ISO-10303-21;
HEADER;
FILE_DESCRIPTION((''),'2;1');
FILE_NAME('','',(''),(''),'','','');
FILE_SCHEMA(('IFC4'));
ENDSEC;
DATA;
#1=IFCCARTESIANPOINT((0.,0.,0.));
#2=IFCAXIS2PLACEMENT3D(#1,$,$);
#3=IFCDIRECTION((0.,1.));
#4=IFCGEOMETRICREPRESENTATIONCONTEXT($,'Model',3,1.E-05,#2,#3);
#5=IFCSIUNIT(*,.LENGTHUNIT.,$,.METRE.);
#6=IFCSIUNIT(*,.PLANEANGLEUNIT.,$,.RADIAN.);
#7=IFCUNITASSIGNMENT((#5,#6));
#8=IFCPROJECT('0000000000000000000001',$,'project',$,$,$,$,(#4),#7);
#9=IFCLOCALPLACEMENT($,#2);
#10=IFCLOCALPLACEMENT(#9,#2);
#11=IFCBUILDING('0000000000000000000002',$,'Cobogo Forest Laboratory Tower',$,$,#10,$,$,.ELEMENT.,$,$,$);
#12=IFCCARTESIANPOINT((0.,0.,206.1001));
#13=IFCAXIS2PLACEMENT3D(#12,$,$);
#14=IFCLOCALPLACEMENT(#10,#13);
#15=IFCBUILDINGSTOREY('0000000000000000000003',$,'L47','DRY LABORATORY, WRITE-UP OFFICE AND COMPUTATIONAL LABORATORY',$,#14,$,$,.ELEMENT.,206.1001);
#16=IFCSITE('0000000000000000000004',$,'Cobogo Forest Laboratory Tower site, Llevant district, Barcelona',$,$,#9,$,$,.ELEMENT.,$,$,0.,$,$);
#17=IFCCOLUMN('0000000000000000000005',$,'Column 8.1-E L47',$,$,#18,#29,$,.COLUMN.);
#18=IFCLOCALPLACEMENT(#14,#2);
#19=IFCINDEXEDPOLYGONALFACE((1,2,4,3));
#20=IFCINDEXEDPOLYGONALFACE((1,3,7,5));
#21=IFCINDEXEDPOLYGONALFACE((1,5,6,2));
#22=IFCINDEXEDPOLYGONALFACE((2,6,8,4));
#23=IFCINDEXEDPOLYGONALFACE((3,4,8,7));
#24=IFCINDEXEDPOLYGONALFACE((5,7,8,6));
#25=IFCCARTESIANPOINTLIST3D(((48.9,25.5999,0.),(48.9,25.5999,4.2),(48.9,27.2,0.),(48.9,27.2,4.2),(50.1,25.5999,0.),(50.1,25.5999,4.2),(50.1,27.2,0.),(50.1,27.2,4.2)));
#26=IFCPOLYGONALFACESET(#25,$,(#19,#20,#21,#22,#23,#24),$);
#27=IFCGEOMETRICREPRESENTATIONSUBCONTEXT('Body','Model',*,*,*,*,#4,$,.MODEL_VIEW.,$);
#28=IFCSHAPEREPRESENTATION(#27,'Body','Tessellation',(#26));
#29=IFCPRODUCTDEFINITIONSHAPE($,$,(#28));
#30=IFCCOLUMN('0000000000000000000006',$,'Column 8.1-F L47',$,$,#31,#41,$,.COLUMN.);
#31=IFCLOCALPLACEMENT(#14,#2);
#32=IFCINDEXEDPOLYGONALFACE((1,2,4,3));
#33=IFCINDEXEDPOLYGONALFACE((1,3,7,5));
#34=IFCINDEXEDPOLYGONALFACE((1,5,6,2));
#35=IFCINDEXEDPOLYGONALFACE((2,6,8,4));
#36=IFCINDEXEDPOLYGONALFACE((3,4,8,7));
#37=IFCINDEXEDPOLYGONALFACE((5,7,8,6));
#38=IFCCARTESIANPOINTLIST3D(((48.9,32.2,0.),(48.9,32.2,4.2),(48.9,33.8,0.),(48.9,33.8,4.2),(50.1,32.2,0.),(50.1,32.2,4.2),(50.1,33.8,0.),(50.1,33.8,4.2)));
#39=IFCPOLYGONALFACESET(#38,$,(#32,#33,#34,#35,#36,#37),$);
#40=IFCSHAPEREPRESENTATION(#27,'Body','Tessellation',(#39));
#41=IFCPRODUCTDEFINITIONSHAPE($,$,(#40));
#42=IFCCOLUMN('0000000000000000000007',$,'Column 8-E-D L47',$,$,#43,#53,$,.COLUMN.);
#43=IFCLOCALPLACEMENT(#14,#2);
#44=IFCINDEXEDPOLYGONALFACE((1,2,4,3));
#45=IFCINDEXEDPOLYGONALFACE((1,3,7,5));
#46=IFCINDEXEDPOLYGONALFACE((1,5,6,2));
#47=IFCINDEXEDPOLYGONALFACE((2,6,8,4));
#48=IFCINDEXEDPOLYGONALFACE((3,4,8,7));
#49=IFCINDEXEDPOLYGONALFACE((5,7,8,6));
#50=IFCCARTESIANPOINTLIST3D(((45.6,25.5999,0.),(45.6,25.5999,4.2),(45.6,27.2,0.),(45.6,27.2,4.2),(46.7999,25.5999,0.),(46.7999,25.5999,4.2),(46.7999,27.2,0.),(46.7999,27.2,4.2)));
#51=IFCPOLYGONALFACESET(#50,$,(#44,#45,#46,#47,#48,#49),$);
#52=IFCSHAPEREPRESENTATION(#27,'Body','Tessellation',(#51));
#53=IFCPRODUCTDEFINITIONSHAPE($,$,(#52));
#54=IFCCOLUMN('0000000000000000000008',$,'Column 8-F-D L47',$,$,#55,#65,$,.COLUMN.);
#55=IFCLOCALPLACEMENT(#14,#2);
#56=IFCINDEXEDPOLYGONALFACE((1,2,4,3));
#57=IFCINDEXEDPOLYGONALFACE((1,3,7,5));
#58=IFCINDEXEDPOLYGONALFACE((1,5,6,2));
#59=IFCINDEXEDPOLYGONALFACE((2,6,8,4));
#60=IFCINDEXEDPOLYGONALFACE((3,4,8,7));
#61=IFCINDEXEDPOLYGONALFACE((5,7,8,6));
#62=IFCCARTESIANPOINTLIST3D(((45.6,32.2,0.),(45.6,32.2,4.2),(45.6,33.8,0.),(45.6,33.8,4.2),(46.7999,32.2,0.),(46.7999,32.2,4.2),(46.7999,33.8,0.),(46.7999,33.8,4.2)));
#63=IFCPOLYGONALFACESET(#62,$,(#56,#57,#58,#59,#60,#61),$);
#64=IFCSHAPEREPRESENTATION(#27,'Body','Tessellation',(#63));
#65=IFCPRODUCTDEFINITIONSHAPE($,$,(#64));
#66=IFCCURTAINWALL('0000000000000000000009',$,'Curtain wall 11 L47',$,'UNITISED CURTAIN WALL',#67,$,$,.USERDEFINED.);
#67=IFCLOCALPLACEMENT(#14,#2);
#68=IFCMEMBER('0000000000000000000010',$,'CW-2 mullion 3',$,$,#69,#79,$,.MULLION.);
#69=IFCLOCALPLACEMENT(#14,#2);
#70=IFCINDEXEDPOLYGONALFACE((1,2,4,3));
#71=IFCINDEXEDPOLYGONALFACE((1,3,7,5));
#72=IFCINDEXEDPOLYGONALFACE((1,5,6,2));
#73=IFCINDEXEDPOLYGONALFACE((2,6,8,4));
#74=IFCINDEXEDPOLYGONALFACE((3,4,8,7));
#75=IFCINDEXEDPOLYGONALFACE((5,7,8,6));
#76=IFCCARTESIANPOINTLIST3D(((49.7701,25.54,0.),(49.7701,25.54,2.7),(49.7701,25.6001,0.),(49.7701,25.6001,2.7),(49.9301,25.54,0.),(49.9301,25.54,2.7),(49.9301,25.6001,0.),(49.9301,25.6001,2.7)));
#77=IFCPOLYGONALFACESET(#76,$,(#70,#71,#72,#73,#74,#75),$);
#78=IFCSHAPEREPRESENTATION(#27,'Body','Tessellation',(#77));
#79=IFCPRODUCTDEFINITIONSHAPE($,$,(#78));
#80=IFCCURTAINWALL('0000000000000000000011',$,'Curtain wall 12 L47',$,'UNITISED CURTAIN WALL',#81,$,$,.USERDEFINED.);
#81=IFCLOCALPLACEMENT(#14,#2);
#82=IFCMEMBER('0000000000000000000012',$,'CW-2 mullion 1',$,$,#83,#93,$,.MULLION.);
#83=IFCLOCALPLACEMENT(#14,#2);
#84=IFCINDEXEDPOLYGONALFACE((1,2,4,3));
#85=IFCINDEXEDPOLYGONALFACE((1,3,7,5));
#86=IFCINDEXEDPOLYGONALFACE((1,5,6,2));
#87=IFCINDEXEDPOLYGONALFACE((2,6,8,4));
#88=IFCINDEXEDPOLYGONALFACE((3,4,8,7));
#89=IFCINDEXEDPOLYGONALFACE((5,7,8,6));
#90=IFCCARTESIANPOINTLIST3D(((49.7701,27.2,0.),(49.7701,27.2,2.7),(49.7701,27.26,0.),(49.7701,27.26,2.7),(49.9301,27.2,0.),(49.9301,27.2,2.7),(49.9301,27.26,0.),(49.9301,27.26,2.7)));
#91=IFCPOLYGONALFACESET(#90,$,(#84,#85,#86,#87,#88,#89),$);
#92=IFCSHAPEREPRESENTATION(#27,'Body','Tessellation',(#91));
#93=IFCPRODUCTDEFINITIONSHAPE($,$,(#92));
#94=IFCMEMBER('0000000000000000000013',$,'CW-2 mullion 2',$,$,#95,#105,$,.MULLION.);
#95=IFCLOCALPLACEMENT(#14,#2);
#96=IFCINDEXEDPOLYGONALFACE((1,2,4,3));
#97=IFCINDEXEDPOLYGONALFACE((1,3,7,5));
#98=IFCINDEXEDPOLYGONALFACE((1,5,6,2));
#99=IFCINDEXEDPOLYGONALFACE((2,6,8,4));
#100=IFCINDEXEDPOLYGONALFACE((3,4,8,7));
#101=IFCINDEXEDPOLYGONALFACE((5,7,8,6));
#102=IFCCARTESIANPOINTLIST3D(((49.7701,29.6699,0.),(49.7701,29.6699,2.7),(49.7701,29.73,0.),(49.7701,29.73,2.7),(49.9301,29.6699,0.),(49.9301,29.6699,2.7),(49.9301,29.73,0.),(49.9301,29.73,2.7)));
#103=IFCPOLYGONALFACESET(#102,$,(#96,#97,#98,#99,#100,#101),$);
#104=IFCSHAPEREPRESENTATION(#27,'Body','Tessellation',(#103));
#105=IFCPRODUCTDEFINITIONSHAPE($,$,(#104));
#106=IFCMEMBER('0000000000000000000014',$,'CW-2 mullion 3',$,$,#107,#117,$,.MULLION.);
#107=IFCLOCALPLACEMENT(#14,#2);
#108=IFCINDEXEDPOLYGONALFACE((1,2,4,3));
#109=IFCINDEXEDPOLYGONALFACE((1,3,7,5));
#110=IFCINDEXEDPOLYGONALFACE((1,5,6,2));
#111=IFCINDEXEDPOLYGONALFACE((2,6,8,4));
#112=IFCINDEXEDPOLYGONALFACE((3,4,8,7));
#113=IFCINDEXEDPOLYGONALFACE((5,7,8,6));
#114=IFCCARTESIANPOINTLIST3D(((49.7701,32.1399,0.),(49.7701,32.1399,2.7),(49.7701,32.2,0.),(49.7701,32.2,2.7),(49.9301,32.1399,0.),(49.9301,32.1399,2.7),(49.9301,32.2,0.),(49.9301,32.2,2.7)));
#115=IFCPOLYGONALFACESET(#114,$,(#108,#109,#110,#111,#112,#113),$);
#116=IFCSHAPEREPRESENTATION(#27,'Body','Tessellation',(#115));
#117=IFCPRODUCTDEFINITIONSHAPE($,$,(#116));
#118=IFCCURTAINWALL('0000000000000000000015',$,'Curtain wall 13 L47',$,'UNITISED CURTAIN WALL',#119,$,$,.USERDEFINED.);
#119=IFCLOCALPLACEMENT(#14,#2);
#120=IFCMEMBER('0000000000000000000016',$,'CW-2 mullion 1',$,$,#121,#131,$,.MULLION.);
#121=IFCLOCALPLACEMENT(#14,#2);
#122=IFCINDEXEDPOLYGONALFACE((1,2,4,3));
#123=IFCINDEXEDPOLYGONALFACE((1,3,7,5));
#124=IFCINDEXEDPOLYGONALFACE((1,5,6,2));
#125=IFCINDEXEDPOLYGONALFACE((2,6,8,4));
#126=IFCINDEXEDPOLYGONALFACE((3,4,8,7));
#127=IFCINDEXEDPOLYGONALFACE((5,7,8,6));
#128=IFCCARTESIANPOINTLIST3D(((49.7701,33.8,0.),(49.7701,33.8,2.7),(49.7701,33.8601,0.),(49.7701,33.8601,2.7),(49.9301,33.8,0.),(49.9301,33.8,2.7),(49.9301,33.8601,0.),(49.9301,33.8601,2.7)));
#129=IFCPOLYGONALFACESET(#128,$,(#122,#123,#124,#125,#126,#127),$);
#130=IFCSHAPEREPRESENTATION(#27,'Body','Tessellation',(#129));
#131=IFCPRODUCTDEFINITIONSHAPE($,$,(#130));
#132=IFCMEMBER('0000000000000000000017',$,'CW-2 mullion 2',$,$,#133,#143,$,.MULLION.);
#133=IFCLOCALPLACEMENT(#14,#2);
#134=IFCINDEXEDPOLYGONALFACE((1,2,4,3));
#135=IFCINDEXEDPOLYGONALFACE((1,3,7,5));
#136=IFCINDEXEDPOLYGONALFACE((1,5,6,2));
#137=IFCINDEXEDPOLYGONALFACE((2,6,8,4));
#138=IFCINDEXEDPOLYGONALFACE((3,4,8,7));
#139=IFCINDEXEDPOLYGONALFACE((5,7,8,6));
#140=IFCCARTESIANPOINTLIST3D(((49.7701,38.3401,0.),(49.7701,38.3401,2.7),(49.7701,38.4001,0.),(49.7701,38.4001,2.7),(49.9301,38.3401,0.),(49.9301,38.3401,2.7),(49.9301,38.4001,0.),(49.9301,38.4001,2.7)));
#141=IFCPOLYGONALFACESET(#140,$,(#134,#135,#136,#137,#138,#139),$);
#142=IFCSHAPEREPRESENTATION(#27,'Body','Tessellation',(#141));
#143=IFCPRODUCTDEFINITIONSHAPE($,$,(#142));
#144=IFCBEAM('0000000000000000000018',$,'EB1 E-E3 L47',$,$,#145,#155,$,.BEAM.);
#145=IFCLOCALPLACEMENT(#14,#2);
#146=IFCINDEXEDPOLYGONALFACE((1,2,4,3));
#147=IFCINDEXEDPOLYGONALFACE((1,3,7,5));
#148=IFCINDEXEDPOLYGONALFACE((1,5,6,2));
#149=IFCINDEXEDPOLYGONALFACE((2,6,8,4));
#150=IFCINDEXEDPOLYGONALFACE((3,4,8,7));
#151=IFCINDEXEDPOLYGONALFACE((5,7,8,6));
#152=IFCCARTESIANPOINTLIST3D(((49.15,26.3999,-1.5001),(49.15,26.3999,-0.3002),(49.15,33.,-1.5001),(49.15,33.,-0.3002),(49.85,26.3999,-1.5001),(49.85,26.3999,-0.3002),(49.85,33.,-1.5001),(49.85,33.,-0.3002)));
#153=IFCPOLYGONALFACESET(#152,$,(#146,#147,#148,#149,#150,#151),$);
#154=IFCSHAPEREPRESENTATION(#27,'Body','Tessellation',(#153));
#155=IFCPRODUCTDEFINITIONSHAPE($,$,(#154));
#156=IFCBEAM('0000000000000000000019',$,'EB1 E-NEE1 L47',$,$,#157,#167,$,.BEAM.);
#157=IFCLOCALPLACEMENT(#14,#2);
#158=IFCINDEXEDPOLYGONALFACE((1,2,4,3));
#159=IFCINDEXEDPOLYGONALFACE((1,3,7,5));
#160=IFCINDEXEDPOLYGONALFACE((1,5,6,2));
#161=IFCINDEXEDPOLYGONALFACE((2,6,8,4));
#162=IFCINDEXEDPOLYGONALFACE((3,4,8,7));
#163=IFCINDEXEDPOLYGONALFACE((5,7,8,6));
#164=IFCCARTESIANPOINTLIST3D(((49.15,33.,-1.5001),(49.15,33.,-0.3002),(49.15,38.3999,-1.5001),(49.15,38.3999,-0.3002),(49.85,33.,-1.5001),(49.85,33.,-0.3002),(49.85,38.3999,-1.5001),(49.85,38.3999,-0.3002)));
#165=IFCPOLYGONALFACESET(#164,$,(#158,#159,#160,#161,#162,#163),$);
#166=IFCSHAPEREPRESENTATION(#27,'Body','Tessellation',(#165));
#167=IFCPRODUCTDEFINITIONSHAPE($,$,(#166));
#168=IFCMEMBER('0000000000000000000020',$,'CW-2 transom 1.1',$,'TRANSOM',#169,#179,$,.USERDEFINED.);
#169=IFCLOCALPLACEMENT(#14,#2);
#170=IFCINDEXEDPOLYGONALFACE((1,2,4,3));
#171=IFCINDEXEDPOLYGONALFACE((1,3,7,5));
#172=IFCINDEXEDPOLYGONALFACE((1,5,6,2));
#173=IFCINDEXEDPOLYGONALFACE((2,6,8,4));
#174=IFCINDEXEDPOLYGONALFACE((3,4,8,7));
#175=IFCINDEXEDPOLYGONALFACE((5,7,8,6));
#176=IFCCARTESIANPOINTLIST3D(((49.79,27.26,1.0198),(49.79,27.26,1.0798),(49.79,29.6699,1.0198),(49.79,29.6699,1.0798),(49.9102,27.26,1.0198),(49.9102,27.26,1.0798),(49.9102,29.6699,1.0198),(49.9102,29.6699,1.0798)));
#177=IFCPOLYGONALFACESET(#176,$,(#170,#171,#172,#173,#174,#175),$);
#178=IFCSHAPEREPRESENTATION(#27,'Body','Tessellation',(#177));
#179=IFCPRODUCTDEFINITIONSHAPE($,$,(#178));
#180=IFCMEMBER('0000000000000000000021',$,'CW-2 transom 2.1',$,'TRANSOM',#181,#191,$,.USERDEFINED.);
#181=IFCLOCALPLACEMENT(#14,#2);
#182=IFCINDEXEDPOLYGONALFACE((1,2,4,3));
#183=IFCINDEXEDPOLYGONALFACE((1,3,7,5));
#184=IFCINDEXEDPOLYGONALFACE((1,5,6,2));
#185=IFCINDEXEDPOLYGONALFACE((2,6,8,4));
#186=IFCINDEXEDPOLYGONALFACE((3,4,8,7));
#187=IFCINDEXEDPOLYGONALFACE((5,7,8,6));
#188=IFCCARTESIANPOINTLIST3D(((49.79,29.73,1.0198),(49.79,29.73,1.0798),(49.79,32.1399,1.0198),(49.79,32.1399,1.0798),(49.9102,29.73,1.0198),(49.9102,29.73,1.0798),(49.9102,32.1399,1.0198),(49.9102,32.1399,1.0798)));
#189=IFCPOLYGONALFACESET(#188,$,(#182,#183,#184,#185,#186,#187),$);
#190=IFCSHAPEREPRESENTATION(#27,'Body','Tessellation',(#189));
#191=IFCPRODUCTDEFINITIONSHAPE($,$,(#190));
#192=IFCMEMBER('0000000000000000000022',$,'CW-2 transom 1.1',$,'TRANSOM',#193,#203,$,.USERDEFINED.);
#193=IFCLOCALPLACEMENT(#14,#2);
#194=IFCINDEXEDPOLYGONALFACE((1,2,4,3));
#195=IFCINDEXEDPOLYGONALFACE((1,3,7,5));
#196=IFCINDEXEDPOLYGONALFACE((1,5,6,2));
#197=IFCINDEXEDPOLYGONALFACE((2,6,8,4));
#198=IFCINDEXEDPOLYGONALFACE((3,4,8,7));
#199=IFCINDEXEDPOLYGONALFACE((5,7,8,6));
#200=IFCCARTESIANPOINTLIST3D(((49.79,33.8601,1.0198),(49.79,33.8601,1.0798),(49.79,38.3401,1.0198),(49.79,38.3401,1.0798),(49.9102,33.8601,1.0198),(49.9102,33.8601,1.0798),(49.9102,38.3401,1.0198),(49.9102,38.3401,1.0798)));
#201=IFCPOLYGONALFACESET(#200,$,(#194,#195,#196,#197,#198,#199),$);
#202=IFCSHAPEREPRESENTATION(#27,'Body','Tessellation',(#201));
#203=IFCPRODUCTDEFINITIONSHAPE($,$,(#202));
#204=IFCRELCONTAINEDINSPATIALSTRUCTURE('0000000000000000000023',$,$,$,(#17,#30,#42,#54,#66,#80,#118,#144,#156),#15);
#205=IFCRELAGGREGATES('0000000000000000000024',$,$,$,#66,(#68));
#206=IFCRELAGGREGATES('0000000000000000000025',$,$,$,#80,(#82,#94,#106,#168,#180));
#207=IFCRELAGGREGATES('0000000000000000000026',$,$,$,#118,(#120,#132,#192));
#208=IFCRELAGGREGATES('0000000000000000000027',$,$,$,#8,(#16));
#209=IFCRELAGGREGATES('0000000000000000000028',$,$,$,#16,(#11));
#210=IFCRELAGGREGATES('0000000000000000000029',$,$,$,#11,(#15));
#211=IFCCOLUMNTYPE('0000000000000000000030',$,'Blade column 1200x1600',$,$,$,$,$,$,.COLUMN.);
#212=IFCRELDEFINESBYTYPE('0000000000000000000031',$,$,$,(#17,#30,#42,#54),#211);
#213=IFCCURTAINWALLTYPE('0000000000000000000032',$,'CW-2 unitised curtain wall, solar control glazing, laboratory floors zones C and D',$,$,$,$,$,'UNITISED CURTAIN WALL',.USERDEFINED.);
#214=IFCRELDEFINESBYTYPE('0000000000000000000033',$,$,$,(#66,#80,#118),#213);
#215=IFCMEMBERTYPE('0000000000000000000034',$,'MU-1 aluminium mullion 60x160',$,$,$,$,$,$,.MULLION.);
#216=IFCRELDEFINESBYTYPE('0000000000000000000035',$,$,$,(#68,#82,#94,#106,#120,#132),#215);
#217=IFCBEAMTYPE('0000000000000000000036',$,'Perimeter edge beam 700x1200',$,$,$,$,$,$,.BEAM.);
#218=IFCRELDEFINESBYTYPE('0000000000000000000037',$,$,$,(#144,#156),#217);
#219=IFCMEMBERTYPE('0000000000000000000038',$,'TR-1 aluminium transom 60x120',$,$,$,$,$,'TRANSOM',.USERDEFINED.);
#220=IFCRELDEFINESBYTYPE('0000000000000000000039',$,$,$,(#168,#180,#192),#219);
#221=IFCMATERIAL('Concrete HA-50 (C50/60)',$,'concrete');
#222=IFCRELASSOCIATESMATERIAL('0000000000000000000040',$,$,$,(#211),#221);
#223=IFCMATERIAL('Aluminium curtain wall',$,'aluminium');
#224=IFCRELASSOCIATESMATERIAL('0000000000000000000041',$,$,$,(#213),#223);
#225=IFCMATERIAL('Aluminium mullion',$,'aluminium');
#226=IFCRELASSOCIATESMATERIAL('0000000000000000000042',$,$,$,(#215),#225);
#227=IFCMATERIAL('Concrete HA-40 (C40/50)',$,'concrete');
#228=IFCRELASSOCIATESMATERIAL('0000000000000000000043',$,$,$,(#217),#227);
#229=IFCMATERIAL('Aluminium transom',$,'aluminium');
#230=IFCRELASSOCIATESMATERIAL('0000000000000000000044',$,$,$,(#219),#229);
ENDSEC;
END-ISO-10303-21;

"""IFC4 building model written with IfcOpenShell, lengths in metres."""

from ifc_helpers import new_model, si_unit, direction, frame, origin, origin_2d, place, context, subcontext, project, spatial, rectangle, extrude, material, material_profile, profile_set, type_object, element, aggregate, save


model = new_model("IFC4")

# Units and contexts
model_context = context("Model", 3, precision=1e-05, world=origin(), true_north=direction((0.0, 1.0)))
body_context = subcontext(model_context, "Body", "Model", "MODEL_VIEW")
ifc_project = project(units=[si_unit("LENGTHUNIT", "METRE"), si_unit("PLANEANGLEUNIT", "RADIAN")], contexts=[model_context])

# Site, building, storey
site_placement = place(None, origin())
site = spatial("IfcSite", under=ifc_project, at=site_placement, Name="Cobogo Forest Laboratory Tower site, Llevant district, Barcelona", CompositionType="ELEMENT", RefElevation=0.0)
building_placement = place(site_placement, origin())
building = spatial("IfcBuilding", under=site, at=building_placement, Name="Cobogo Forest Laboratory Tower", CompositionType="ELEMENT")
storey_placement = place(building_placement, frame((0.0, 0.0, 206.1001)))
storey = spatial("IfcBuildingStorey", under=building, at=storey_placement, Name="L47", Description="DRY LABORATORY, WRITE-UP OFFICE AND COMPUTATIONAL LABORATORY", CompositionType="ELEMENT", Elevation=206.1001)

# Columns
ifc_material_1 = material(Name="Concrete HA-50 (C50/60)", Category="concrete")
ifc_material_profile_1 = material_profile(ifc_material_1, rectangle(XDim=1.6001, YDim=1.2, at=origin_2d()), Name="RC 1200x1600")
ifc_profile_set_1 = profile_set([ifc_material_profile_1], Name="Concrete HA-50 (C50/60)")
column_type = type_object("IfcColumnType", Name="Blade column 1200x1600", PredefinedType="COLUMN", material=ifc_profile_set_1)
for number, where, z_axis, x_axis, name in (
    (1, (49.5, 26.3999, 0.0), (0.0, 0.0, 1.0), (0.0, 1.0, 0.0), "Column 8.1-E L47"),
    (2, (49.5, 33.0, 0.0), (0.0, 0.0, 1.0), (0.0, 1.0, 0.0), "Column 8.1-F L47"),
    (3, (46.2, 26.3999, 0.0), (0.0, 0.0, 1.0), (0.0, 1.0, 0.0), "Column 8-E-D L47"),
    (4, (46.2, 33.0, 0.0), (0.0, 0.0, 1.0), (0.0, 1.0, 0.0), "Column 8-F-D L47"),
):
    element("IfcColumn", number, at=place(storey_placement, frame(where, z_axis=z_axis, x_axis=x_axis)), inside=storey, type_object=column_type, Name=name, PredefinedType="COLUMN", context=body_context, shape_type="SweptSolid", body=[
        extrude(rectangle(XDim=1.6001, YDim=1.2, at=origin_2d()), origin(), (0.0, 0.0, 1.0), 4.2),
    ])

# Curtain wall, member
ifc_material_2 = material(Name="Aluminium curtain wall", Category="aluminium")
curtain_wall_type = type_object("IfcCurtainWallType", Name="CW-2 unitised curtain wall, solar control glazing, laboratory floors zones C and D", ElementType="UNITISED CURTAIN WALL", PredefinedType="USERDEFINED", material=ifc_material_2)
curtain_wall_1_placement = place(storey_placement, origin())
curtain_wall_1 = element("IfcCurtainWall", 5, at=curtain_wall_1_placement, inside=storey, type_object=curtain_wall_type, Name="Curtain wall 11 L47", ObjectType="UNITISED CURTAIN WALL", PredefinedType="USERDEFINED")
ifc_material_3 = material(Name="Aluminium mullion", Category="aluminium")
ifc_material_profile_2 = material_profile(ifc_material_3, rectangle(XDim=0.0601, YDim=0.1599, at=origin_2d()), Name="AL 60x160")
ifc_profile_set_2 = profile_set([ifc_material_profile_2], Name="Aluminium mullion")
member_type_1 = type_object("IfcMemberType", Name="MU-1 aluminium mullion 60x160", PredefinedType="MULLION", material=ifc_profile_set_2)
member_1_placement = place(storey_placement, frame((49.8501, 25.5701, 0.0), z_axis=(0.0, 0.0, 1.0), x_axis=(0.0, 1.0, 0.0)))
member_1 = element("IfcMember", 6, at=member_1_placement, type_object=member_type_1, Name="CW-2 mullion 3", PredefinedType="MULLION", context=body_context, shape_type="SweptSolid", body=[
    extrude(rectangle(XDim=0.0601, YDim=0.1599, at=origin_2d()), origin(), (0.0, 0.0, 1.0), 2.7),
])

# Curtain walls, members
curtain_wall_2_placement = place(storey_placement, origin())
curtain_wall_2 = element("IfcCurtainWall", 7, at=curtain_wall_2_placement, inside=storey, type_object=curtain_wall_type, Name="Curtain wall 12 L47", ObjectType="UNITISED CURTAIN WALL", PredefinedType="USERDEFINED")
member_2_placement = place(storey_placement, frame((49.8501, 27.23, 0.0), z_axis=(0.0, 0.0, 1.0), x_axis=(0.0, 1.0, 0.0)))
member_2 = element("IfcMember", 8, at=member_2_placement, type_object=member_type_1, Name="CW-2 mullion 1", PredefinedType="MULLION", context=body_context, shape_type="SweptSolid", body=[
    extrude(rectangle(XDim=0.0601, YDim=0.1599, at=origin_2d()), origin(), (0.0, 0.0, 1.0), 2.7),
])
member_3_placement = place(storey_placement, frame((49.8501, 29.7, 0.0), z_axis=(0.0, 0.0, 1.0), x_axis=(0.0, 1.0, 0.0)))
member_3 = element("IfcMember", 9, at=member_3_placement, type_object=member_type_1, Name="CW-2 mullion 2", PredefinedType="MULLION", context=body_context, shape_type="SweptSolid", body=[
    extrude(rectangle(XDim=0.0601, YDim=0.1599, at=origin_2d()), origin(), (0.0, 0.0, 1.0), 2.7),
])
member_4_placement = place(storey_placement, frame((49.8501, 32.1699, 0.0), z_axis=(0.0, 0.0, 1.0), x_axis=(0.0, 1.0, 0.0)))
member_4 = element("IfcMember", 10, at=member_4_placement, type_object=member_type_1, Name="CW-2 mullion 3", PredefinedType="MULLION", context=body_context, shape_type="SweptSolid", body=[
    extrude(rectangle(XDim=0.0601, YDim=0.1599, at=origin_2d()), origin(), (0.0, 0.0, 1.0), 2.7),
])
curtain_wall_3_placement = place(storey_placement, origin())
curtain_wall_3 = element("IfcCurtainWall", 11, at=curtain_wall_3_placement, inside=storey, type_object=curtain_wall_type, Name="Curtain wall 13 L47", ObjectType="UNITISED CURTAIN WALL", PredefinedType="USERDEFINED")
member_5_placement = place(storey_placement, frame((49.8501, 33.8301, 0.0), z_axis=(0.0, 0.0, 1.0), x_axis=(0.0, 1.0, 0.0)))
member_5 = element("IfcMember", 12, at=member_5_placement, type_object=member_type_1, Name="CW-2 mullion 1", PredefinedType="MULLION", context=body_context, shape_type="SweptSolid", body=[
    extrude(rectangle(XDim=0.0601, YDim=0.1599, at=origin_2d()), origin(), (0.0, 0.0, 1.0), 2.7),
])
member_6_placement = place(storey_placement, frame((49.8501, 38.3701, 0.0), z_axis=(0.0, 0.0, 1.0), x_axis=(0.0, 1.0, 0.0)))
member_6 = element("IfcMember", 13, at=member_6_placement, type_object=member_type_1, Name="CW-2 mullion 2", PredefinedType="MULLION", context=body_context, shape_type="SweptSolid", body=[
    extrude(rectangle(XDim=0.0601, YDim=0.1599, at=origin_2d()), origin(), (0.0, 0.0, 1.0), 2.7),
])

# Beams
ifc_material_4 = material(Name="Concrete HA-40 (C40/50)", Category="concrete")
ifc_material_profile_3 = material_profile(ifc_material_4, rectangle(XDim=0.7, YDim=1.2, at=origin_2d()), Name="RC 700x1200")
ifc_profile_set_3 = profile_set([ifc_material_profile_3], Name="Concrete HA-40 (C40/50)")
beam_type = type_object("IfcBeamType", Name="Perimeter edge beam 700x1200", PredefinedType="BEAM", material=ifc_profile_set_3)
beam_1_placement = place(storey_placement, frame((49.5, 26.3999, -0.9001), z_axis=(0.0, 1.0, 0.0), x_axis=(-1.0, 0.0, 0.0)))
element("IfcBeam", 14, at=beam_1_placement, inside=storey, type_object=beam_type, Name="EB1 E-E3 L47", PredefinedType="BEAM", context=body_context, shape_type="SweptSolid", body=[
    extrude(rectangle(XDim=0.7, YDim=1.2, at=origin_2d()), origin(), (0.0, 0.0, 1.0), 6.6001),
])
beam_2_placement = place(storey_placement, frame((49.5, 33.0, -0.9001), z_axis=(0.0, 1.0, 0.0), x_axis=(-1.0, 0.0, 0.0)))
element("IfcBeam", 15, at=beam_2_placement, inside=storey, type_object=beam_type, Name="EB1 E-NEE1 L47", PredefinedType="BEAM", context=body_context, shape_type="SweptSolid", body=[
    extrude(rectangle(XDim=0.7, YDim=1.2, at=origin_2d()), origin(), (0.0, 0.0, 1.0), 5.3999),
])

# Members
ifc_material_5 = material(Name="Aluminium transom", Category="aluminium")
ifc_material_profile_4 = material_profile(ifc_material_5, rectangle(XDim=0.1201, YDim=0.0601, at=origin_2d()), Name="AL 60x120")
ifc_profile_set_4 = profile_set([ifc_material_profile_4], Name="Aluminium transom")
member_type_2 = type_object("IfcMemberType", Name="TR-1 aluminium transom 60x120", ElementType="TRANSOM", PredefinedType="USERDEFINED", material=ifc_profile_set_4)
member_7_placement = place(storey_placement, frame((49.8501, 27.26, 1.0498), z_axis=(0.0, 1.0, 0.0), x_axis=(-1.0, 0.0, 0.0)))
member_7 = element("IfcMember", 16, at=member_7_placement, type_object=member_type_2, Name="CW-2 transom 1.1", ObjectType="TRANSOM", PredefinedType="USERDEFINED", context=body_context, shape_type="SweptSolid", body=[
    extrude(rectangle(XDim=0.1201, YDim=0.0601, at=origin_2d()), origin(), (0.0, 0.0, 1.0), 2.4099),
])
member_8_placement = place(storey_placement, frame((49.8501, 29.73, 1.0498), z_axis=(0.0, 1.0, 0.0), x_axis=(-1.0, 0.0, 0.0)))
member_8 = element("IfcMember", 17, at=member_8_placement, type_object=member_type_2, Name="CW-2 transom 2.1", ObjectType="TRANSOM", PredefinedType="USERDEFINED", context=body_context, shape_type="SweptSolid", body=[
    extrude(rectangle(XDim=0.1201, YDim=0.0601, at=origin_2d()), origin(), (0.0, 0.0, 1.0), 2.4099),
])
member_9_placement = place(storey_placement, frame((49.8501, 33.8601, 1.0498), z_axis=(0.0, 1.0, 0.0), x_axis=(-1.0, 0.0, 0.0)))
member_9 = element("IfcMember", 18, at=member_9_placement, type_object=member_type_2, Name="CW-2 transom 1.1", ObjectType="TRANSOM", PredefinedType="USERDEFINED", context=body_context, shape_type="SweptSolid", body=[
    extrude(rectangle(XDim=0.1201, YDim=0.0601, at=origin_2d()), origin(), (0.0, 0.0, 1.0), 4.48),
])

aggregate(curtain_wall_1, [member_1])
aggregate(curtain_wall_2, [member_2, member_3, member_4, member_7, member_8])
aggregate(curtain_wall_3, [member_5, member_6, member_9])

save(model, "model.ifc")
